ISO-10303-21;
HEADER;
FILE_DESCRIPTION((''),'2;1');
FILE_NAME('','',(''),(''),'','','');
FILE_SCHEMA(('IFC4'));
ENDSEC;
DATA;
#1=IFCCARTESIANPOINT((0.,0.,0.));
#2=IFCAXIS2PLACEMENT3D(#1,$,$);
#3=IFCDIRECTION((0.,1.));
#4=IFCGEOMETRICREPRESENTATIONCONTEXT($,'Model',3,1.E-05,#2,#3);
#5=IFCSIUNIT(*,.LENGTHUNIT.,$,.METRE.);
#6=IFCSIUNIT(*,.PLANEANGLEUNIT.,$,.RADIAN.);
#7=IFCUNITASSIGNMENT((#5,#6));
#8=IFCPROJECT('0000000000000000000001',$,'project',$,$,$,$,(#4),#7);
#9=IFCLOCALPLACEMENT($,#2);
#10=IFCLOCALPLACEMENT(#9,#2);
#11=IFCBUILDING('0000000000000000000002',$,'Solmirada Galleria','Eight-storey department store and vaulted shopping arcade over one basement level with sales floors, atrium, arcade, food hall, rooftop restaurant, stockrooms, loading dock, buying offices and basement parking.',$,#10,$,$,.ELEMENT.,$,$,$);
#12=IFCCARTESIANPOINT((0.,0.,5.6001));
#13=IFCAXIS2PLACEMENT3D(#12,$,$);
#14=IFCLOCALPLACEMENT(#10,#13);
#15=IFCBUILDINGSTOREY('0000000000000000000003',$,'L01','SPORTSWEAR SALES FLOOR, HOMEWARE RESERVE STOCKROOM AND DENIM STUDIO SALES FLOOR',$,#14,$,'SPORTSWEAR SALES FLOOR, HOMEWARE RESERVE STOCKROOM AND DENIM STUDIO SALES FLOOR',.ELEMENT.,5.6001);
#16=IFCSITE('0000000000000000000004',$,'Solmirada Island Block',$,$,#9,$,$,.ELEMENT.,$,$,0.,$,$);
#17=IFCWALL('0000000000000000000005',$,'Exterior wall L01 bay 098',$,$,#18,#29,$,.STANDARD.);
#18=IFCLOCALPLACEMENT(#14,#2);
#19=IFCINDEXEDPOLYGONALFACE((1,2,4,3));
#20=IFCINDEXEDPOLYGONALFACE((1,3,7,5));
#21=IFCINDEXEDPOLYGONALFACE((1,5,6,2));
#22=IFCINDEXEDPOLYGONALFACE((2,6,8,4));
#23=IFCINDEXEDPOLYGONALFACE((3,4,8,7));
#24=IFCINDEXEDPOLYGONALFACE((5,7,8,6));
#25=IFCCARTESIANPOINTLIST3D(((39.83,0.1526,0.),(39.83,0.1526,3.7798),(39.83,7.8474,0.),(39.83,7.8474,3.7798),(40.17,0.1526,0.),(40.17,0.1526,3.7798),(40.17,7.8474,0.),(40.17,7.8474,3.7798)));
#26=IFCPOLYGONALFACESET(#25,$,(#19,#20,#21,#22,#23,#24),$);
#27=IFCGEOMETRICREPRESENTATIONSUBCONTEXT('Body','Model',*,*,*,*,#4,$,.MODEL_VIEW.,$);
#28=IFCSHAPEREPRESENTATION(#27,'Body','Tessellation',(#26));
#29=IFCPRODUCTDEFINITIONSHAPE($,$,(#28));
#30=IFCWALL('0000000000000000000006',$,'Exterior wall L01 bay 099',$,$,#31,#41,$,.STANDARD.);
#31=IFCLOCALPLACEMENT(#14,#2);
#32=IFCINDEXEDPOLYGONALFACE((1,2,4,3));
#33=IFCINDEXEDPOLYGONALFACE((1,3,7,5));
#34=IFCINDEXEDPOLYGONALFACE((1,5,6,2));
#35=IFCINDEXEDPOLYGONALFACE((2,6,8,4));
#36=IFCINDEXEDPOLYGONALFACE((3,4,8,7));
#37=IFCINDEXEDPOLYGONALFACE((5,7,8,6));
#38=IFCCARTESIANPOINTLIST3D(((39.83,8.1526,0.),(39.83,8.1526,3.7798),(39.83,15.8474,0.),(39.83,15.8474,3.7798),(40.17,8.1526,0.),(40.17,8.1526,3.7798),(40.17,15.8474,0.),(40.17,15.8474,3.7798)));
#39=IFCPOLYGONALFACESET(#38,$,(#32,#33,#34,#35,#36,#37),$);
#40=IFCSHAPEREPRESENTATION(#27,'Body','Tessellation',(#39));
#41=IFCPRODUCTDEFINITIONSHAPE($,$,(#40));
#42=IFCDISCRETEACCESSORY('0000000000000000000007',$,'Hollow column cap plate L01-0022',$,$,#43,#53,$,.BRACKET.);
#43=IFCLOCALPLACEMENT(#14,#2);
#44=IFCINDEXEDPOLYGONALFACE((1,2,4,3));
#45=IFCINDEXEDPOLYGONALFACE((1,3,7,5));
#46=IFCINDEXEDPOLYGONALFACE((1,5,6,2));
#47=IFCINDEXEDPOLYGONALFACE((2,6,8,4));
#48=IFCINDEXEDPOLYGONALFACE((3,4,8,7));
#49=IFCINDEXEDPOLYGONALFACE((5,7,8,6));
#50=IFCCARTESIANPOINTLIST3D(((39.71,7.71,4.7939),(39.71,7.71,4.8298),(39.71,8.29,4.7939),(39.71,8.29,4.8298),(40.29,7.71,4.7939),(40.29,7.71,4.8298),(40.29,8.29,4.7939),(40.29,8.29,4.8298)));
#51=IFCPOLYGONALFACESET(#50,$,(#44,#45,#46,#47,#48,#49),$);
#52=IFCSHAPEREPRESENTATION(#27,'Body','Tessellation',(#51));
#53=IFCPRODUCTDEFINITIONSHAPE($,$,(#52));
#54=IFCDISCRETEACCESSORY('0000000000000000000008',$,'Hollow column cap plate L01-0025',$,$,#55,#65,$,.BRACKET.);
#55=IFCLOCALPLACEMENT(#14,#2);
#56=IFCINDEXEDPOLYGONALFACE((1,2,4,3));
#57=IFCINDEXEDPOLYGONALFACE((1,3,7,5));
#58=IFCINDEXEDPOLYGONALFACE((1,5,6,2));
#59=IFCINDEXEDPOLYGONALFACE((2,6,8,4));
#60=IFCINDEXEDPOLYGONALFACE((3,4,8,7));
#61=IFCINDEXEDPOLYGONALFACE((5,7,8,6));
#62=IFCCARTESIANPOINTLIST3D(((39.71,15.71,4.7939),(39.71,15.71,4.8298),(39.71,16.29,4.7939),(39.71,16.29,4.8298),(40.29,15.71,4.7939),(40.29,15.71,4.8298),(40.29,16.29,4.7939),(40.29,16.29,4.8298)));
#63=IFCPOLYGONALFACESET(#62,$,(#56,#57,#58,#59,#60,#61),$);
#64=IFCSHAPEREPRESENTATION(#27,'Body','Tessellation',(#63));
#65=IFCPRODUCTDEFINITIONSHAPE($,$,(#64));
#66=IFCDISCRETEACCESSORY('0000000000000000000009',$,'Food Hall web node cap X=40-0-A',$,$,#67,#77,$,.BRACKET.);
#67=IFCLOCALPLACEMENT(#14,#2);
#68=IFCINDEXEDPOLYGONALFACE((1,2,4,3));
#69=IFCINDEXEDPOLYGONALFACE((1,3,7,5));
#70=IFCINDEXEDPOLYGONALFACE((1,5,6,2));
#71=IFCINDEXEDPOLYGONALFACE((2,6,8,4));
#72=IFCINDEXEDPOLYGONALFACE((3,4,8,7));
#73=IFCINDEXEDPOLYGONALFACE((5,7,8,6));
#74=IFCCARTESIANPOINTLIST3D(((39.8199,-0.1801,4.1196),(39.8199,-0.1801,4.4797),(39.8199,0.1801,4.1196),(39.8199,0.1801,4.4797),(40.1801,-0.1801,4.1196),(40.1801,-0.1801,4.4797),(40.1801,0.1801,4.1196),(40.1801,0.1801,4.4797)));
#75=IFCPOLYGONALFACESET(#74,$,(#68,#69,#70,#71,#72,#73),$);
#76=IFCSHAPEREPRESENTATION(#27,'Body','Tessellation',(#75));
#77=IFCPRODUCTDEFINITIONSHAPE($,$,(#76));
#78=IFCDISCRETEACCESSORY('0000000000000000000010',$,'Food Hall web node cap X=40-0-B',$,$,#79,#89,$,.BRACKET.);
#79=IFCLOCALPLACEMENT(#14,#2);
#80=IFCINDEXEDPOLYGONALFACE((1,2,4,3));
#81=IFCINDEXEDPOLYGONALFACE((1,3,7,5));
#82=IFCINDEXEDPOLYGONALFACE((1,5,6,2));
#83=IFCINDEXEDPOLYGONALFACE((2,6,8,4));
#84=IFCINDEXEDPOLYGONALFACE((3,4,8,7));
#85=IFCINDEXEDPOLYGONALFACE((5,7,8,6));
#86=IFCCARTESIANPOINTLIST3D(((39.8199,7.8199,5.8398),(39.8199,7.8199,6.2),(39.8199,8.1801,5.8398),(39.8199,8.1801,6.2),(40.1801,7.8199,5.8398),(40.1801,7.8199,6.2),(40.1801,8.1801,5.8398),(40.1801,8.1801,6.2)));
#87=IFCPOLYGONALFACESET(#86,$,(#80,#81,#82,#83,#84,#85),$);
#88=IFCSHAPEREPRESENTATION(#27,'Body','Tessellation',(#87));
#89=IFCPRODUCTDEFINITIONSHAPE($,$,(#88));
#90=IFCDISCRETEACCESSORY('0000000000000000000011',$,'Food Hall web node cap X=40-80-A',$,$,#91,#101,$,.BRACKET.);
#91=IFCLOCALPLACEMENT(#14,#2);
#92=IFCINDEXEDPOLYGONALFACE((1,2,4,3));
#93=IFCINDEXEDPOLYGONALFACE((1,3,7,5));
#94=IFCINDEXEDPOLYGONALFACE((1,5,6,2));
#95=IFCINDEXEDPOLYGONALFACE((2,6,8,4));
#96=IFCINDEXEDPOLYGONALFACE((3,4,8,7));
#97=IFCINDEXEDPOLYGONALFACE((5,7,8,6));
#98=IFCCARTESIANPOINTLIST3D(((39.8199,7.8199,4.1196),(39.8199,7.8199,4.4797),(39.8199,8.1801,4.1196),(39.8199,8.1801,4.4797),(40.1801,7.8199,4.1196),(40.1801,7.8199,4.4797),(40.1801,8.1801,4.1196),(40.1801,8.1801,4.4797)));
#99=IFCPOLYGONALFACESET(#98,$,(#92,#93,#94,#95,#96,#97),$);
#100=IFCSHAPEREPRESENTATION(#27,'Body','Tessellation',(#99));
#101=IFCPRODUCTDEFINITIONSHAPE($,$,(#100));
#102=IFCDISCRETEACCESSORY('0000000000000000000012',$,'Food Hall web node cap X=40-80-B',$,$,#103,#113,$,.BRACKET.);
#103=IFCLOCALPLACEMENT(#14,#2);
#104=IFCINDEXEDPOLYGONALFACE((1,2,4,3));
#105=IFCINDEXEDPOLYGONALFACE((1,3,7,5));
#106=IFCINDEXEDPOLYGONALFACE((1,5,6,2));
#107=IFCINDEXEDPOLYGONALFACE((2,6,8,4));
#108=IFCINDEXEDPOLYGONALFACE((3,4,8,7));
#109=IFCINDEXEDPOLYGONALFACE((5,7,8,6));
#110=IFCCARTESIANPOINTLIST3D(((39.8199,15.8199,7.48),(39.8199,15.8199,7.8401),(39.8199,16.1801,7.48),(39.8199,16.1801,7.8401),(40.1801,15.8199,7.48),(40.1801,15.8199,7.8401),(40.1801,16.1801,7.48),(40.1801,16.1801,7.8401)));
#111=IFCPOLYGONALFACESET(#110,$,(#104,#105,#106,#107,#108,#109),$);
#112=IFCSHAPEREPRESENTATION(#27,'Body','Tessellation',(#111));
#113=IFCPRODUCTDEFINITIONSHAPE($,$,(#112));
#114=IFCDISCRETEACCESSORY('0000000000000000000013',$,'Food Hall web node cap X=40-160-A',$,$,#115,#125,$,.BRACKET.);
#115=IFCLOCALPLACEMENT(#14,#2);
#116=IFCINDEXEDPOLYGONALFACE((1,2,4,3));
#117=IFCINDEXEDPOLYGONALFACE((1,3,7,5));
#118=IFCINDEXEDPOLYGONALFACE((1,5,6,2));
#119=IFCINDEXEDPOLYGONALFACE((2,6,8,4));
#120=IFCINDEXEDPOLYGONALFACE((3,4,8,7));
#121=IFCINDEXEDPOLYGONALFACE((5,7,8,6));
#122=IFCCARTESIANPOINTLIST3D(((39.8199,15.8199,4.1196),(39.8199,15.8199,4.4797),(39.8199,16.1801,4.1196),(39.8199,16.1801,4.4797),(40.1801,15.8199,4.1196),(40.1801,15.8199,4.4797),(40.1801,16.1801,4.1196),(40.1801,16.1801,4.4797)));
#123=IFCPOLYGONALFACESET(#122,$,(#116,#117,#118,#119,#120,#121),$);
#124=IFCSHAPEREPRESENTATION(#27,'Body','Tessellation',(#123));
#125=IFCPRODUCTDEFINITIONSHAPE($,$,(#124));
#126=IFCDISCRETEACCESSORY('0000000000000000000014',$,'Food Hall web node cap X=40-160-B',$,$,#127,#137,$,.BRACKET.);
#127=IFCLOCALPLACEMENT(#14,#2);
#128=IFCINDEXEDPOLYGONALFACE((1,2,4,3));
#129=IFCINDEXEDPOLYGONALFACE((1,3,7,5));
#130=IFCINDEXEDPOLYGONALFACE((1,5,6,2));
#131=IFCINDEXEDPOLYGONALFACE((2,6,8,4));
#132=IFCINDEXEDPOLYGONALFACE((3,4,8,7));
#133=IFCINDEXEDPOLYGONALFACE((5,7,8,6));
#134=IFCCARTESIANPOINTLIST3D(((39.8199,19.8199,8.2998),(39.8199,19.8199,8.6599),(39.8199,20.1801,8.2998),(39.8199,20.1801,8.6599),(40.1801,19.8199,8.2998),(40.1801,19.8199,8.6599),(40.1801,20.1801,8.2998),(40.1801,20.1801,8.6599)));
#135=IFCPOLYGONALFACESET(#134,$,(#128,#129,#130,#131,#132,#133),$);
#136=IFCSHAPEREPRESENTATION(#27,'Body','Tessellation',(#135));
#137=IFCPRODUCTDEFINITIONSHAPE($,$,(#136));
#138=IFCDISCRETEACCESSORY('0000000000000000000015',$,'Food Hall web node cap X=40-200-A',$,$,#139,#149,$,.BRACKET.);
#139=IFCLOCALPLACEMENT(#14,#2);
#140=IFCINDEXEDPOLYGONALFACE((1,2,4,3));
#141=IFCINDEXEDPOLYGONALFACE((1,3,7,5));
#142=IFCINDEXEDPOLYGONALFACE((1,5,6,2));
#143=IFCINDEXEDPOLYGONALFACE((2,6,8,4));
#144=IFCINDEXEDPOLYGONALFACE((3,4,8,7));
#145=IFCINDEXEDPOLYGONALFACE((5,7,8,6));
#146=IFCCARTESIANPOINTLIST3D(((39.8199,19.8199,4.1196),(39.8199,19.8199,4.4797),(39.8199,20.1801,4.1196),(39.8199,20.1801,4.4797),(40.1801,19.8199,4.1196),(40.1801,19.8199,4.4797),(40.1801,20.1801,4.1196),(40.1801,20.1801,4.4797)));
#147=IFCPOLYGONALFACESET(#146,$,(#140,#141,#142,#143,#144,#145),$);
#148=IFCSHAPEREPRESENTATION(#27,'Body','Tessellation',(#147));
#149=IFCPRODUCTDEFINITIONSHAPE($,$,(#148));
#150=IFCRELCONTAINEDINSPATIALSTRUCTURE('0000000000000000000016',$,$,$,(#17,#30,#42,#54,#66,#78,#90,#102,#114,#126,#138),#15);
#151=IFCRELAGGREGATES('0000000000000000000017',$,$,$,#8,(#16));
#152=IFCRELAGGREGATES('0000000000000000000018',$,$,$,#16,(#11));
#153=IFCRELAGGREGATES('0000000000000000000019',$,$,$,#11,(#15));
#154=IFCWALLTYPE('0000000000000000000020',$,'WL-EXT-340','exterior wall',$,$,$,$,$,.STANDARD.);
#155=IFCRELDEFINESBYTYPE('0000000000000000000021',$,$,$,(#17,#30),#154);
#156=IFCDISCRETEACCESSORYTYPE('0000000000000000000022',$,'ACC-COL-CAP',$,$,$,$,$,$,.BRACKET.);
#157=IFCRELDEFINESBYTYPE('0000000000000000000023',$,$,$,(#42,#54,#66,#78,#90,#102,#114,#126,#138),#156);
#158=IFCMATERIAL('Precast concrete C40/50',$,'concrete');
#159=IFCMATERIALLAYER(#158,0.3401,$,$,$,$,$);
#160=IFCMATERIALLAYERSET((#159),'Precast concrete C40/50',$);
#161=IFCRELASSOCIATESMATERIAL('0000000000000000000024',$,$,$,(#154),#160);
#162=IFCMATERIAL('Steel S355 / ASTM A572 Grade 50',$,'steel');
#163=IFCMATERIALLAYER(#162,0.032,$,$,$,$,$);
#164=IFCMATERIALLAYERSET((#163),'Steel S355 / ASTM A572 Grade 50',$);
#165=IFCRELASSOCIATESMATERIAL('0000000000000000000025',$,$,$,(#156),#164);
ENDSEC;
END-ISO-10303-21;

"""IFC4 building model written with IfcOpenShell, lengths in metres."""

from ifc_helpers import new_model, si_unit, direction, frame, frame_2d, origin, origin_2d, place, context, subcontext, project, spatial, rectangle, extrude, material, layer, layer_set, type_object, element, save


model = new_model("IFC4")

# Units and contexts
model_context = context("Model", 3, precision=1e-05, world=origin(), true_north=direction((0.0, 1.0)))
body_context = subcontext(model_context, "Body", "Model", "MODEL_VIEW")
ifc_project = project(units=[si_unit("LENGTHUNIT", "METRE"), si_unit("PLANEANGLEUNIT", "RADIAN")], contexts=[model_context])

# Site, building, storey
site_placement = place(None, origin())
site = spatial("IfcSite", under=ifc_project, at=site_placement, Name="Solmirada Island Block", CompositionType="ELEMENT", RefElevation=0.0)
building_placement = place(site_placement, origin())
building = spatial("IfcBuilding", under=site, at=building_placement, Name="Solmirada Galleria", Description="Eight-storey department store and vaulted shopping arcade over one basement level with sales floors, atrium, arcade, food hall, rooftop restaurant, stockrooms, loading dock, buying offices and basement parking.", CompositionType="ELEMENT")
storey_placement = place(building_placement, frame((0.0, 0.0, 5.6001)))
storey = spatial("IfcBuildingStorey", under=building, at=storey_placement, Name="L01", Description="SPORTSWEAR SALES FLOOR, HOMEWARE RESERVE STOCKROOM AND DENIM STUDIO SALES FLOOR", LongName="SPORTSWEAR SALES FLOOR, HOMEWARE RESERVE STOCKROOM AND DENIM STUDIO SALES FLOOR", CompositionType="ELEMENT", Elevation=5.6001)

# Walls
ifc_material_1 = material(Name="Precast concrete C40/50", Category="concrete")
ifc_layer_1 = layer(ifc_material_1, 0.3401)
ifc_layer_set_1 = layer_set([ifc_layer_1], Name="Precast concrete C40/50")
wall_type = type_object("IfcWallType", Name="WL-EXT-340", Description="exterior wall", PredefinedType="STANDARD", material=ifc_layer_set_1)
for number, where, z_axis, x_axis, name in (
    (1, (40.0, 0.1526, 0.0), (0.0, 0.0, 1.0), (0.0, 1.0, 0.0), "Exterior wall L01 bay 098"),
    (2, (40.0, 8.1526, 0.0), (0.0, 0.0, 1.0), (0.0, 1.0, 0.0), "Exterior wall L01 bay 099"),
):
    element("IfcWall", number, at=place(storey_placement, frame(where, z_axis=z_axis, x_axis=x_axis)), inside=storey, type_object=wall_type, Name=name, PredefinedType="STANDARD", context=body_context, shape_type="SweptSolid", body=[
        extrude(rectangle(XDim=7.6948, YDim=0.3401, at=frame_2d((3.8474, 0.0))), origin(), (0.0, 0.0, 1.0), 3.7798),
    ])

# Discrete accessories
ifc_material_2 = material(Name="Steel S355 / ASTM A572 Grade 50", Category="steel")
ifc_layer_2 = layer(ifc_material_2, 0.032)
ifc_layer_set_2 = layer_set([ifc_layer_2], Name="Steel S355 / ASTM A572 Grade 50")
discrete_accessory_type = type_object("IfcDiscreteAccessoryType", Name="ACC-COL-CAP", PredefinedType="BRACKET", material=ifc_layer_set_2)
for number, where, z_axis, x_axis, name in (
    (3, (40.0, 8.0, 4.7939), (0.0, 0.0, 1.0), (1.0, 0.0, 0.0), "Hollow column cap plate L01-0022"),
    (4, (40.0, 16.0, 4.7939), (0.0, 0.0, 1.0), (1.0, 0.0, 0.0), "Hollow column cap plate L01-0025"),
):
    element("IfcDiscreteAccessory", number, at=place(storey_placement, frame(where, z_axis=z_axis, x_axis=x_axis)), inside=storey, type_object=discrete_accessory_type, Name=name, PredefinedType="BRACKET", context=body_context, shape_type="SweptSolid", body=[
        extrude(rectangle(XDim=0.5801, YDim=0.5801, at=origin_2d()), origin(), (0.0, 0.0, 1.0), 0.0359),
    ])
for number, where, z_axis, x_axis, name in (
    (5, (40.0, 0.0, 4.1196), (0.0, 0.0, 1.0), (1.0, 0.0, 0.0), "Food Hall web node cap X=40-0-A"),
    (6, (40.0, 8.0, 5.8398), (0.0, 0.0, 1.0), (1.0, 0.0, 0.0), "Food Hall web node cap X=40-0-B"),
    (7, (40.0, 8.0, 4.1196), (0.0, 0.0, 1.0), (1.0, 0.0, 0.0), "Food Hall web node cap X=40-80-A"),
    (8, (40.0, 16.0, 7.48), (0.0, 0.0, 1.0), (1.0, 0.0, 0.0), "Food Hall web node cap X=40-80-B"),
    (9, (40.0, 16.0, 4.1196), (0.0, 0.0, 1.0), (1.0, 0.0, 0.0), "Food Hall web node cap X=40-160-A"),
    (10, (40.0, 20.0, 8.2998), (0.0, 0.0, 1.0), (1.0, 0.0, 0.0), "Food Hall web node cap X=40-160-B"),
    (11, (40.0, 20.0, 4.1196), (0.0, 0.0, 1.0), (1.0, 0.0, 0.0), "Food Hall web node cap X=40-200-A"),
):
    element("IfcDiscreteAccessory", number, at=place(storey_placement, frame(where, z_axis=z_axis, x_axis=x_axis)), inside=storey, type_object=discrete_accessory_type, Name=name, PredefinedType="BRACKET", context=body_context, shape_type="SweptSolid", body=[
        extrude(rectangle(XDim=0.3601, YDim=0.3601, at=origin_2d()), origin(), (0.0, 0.0, 1.0), 0.3601),
    ])

save(model, "model.ifc")
